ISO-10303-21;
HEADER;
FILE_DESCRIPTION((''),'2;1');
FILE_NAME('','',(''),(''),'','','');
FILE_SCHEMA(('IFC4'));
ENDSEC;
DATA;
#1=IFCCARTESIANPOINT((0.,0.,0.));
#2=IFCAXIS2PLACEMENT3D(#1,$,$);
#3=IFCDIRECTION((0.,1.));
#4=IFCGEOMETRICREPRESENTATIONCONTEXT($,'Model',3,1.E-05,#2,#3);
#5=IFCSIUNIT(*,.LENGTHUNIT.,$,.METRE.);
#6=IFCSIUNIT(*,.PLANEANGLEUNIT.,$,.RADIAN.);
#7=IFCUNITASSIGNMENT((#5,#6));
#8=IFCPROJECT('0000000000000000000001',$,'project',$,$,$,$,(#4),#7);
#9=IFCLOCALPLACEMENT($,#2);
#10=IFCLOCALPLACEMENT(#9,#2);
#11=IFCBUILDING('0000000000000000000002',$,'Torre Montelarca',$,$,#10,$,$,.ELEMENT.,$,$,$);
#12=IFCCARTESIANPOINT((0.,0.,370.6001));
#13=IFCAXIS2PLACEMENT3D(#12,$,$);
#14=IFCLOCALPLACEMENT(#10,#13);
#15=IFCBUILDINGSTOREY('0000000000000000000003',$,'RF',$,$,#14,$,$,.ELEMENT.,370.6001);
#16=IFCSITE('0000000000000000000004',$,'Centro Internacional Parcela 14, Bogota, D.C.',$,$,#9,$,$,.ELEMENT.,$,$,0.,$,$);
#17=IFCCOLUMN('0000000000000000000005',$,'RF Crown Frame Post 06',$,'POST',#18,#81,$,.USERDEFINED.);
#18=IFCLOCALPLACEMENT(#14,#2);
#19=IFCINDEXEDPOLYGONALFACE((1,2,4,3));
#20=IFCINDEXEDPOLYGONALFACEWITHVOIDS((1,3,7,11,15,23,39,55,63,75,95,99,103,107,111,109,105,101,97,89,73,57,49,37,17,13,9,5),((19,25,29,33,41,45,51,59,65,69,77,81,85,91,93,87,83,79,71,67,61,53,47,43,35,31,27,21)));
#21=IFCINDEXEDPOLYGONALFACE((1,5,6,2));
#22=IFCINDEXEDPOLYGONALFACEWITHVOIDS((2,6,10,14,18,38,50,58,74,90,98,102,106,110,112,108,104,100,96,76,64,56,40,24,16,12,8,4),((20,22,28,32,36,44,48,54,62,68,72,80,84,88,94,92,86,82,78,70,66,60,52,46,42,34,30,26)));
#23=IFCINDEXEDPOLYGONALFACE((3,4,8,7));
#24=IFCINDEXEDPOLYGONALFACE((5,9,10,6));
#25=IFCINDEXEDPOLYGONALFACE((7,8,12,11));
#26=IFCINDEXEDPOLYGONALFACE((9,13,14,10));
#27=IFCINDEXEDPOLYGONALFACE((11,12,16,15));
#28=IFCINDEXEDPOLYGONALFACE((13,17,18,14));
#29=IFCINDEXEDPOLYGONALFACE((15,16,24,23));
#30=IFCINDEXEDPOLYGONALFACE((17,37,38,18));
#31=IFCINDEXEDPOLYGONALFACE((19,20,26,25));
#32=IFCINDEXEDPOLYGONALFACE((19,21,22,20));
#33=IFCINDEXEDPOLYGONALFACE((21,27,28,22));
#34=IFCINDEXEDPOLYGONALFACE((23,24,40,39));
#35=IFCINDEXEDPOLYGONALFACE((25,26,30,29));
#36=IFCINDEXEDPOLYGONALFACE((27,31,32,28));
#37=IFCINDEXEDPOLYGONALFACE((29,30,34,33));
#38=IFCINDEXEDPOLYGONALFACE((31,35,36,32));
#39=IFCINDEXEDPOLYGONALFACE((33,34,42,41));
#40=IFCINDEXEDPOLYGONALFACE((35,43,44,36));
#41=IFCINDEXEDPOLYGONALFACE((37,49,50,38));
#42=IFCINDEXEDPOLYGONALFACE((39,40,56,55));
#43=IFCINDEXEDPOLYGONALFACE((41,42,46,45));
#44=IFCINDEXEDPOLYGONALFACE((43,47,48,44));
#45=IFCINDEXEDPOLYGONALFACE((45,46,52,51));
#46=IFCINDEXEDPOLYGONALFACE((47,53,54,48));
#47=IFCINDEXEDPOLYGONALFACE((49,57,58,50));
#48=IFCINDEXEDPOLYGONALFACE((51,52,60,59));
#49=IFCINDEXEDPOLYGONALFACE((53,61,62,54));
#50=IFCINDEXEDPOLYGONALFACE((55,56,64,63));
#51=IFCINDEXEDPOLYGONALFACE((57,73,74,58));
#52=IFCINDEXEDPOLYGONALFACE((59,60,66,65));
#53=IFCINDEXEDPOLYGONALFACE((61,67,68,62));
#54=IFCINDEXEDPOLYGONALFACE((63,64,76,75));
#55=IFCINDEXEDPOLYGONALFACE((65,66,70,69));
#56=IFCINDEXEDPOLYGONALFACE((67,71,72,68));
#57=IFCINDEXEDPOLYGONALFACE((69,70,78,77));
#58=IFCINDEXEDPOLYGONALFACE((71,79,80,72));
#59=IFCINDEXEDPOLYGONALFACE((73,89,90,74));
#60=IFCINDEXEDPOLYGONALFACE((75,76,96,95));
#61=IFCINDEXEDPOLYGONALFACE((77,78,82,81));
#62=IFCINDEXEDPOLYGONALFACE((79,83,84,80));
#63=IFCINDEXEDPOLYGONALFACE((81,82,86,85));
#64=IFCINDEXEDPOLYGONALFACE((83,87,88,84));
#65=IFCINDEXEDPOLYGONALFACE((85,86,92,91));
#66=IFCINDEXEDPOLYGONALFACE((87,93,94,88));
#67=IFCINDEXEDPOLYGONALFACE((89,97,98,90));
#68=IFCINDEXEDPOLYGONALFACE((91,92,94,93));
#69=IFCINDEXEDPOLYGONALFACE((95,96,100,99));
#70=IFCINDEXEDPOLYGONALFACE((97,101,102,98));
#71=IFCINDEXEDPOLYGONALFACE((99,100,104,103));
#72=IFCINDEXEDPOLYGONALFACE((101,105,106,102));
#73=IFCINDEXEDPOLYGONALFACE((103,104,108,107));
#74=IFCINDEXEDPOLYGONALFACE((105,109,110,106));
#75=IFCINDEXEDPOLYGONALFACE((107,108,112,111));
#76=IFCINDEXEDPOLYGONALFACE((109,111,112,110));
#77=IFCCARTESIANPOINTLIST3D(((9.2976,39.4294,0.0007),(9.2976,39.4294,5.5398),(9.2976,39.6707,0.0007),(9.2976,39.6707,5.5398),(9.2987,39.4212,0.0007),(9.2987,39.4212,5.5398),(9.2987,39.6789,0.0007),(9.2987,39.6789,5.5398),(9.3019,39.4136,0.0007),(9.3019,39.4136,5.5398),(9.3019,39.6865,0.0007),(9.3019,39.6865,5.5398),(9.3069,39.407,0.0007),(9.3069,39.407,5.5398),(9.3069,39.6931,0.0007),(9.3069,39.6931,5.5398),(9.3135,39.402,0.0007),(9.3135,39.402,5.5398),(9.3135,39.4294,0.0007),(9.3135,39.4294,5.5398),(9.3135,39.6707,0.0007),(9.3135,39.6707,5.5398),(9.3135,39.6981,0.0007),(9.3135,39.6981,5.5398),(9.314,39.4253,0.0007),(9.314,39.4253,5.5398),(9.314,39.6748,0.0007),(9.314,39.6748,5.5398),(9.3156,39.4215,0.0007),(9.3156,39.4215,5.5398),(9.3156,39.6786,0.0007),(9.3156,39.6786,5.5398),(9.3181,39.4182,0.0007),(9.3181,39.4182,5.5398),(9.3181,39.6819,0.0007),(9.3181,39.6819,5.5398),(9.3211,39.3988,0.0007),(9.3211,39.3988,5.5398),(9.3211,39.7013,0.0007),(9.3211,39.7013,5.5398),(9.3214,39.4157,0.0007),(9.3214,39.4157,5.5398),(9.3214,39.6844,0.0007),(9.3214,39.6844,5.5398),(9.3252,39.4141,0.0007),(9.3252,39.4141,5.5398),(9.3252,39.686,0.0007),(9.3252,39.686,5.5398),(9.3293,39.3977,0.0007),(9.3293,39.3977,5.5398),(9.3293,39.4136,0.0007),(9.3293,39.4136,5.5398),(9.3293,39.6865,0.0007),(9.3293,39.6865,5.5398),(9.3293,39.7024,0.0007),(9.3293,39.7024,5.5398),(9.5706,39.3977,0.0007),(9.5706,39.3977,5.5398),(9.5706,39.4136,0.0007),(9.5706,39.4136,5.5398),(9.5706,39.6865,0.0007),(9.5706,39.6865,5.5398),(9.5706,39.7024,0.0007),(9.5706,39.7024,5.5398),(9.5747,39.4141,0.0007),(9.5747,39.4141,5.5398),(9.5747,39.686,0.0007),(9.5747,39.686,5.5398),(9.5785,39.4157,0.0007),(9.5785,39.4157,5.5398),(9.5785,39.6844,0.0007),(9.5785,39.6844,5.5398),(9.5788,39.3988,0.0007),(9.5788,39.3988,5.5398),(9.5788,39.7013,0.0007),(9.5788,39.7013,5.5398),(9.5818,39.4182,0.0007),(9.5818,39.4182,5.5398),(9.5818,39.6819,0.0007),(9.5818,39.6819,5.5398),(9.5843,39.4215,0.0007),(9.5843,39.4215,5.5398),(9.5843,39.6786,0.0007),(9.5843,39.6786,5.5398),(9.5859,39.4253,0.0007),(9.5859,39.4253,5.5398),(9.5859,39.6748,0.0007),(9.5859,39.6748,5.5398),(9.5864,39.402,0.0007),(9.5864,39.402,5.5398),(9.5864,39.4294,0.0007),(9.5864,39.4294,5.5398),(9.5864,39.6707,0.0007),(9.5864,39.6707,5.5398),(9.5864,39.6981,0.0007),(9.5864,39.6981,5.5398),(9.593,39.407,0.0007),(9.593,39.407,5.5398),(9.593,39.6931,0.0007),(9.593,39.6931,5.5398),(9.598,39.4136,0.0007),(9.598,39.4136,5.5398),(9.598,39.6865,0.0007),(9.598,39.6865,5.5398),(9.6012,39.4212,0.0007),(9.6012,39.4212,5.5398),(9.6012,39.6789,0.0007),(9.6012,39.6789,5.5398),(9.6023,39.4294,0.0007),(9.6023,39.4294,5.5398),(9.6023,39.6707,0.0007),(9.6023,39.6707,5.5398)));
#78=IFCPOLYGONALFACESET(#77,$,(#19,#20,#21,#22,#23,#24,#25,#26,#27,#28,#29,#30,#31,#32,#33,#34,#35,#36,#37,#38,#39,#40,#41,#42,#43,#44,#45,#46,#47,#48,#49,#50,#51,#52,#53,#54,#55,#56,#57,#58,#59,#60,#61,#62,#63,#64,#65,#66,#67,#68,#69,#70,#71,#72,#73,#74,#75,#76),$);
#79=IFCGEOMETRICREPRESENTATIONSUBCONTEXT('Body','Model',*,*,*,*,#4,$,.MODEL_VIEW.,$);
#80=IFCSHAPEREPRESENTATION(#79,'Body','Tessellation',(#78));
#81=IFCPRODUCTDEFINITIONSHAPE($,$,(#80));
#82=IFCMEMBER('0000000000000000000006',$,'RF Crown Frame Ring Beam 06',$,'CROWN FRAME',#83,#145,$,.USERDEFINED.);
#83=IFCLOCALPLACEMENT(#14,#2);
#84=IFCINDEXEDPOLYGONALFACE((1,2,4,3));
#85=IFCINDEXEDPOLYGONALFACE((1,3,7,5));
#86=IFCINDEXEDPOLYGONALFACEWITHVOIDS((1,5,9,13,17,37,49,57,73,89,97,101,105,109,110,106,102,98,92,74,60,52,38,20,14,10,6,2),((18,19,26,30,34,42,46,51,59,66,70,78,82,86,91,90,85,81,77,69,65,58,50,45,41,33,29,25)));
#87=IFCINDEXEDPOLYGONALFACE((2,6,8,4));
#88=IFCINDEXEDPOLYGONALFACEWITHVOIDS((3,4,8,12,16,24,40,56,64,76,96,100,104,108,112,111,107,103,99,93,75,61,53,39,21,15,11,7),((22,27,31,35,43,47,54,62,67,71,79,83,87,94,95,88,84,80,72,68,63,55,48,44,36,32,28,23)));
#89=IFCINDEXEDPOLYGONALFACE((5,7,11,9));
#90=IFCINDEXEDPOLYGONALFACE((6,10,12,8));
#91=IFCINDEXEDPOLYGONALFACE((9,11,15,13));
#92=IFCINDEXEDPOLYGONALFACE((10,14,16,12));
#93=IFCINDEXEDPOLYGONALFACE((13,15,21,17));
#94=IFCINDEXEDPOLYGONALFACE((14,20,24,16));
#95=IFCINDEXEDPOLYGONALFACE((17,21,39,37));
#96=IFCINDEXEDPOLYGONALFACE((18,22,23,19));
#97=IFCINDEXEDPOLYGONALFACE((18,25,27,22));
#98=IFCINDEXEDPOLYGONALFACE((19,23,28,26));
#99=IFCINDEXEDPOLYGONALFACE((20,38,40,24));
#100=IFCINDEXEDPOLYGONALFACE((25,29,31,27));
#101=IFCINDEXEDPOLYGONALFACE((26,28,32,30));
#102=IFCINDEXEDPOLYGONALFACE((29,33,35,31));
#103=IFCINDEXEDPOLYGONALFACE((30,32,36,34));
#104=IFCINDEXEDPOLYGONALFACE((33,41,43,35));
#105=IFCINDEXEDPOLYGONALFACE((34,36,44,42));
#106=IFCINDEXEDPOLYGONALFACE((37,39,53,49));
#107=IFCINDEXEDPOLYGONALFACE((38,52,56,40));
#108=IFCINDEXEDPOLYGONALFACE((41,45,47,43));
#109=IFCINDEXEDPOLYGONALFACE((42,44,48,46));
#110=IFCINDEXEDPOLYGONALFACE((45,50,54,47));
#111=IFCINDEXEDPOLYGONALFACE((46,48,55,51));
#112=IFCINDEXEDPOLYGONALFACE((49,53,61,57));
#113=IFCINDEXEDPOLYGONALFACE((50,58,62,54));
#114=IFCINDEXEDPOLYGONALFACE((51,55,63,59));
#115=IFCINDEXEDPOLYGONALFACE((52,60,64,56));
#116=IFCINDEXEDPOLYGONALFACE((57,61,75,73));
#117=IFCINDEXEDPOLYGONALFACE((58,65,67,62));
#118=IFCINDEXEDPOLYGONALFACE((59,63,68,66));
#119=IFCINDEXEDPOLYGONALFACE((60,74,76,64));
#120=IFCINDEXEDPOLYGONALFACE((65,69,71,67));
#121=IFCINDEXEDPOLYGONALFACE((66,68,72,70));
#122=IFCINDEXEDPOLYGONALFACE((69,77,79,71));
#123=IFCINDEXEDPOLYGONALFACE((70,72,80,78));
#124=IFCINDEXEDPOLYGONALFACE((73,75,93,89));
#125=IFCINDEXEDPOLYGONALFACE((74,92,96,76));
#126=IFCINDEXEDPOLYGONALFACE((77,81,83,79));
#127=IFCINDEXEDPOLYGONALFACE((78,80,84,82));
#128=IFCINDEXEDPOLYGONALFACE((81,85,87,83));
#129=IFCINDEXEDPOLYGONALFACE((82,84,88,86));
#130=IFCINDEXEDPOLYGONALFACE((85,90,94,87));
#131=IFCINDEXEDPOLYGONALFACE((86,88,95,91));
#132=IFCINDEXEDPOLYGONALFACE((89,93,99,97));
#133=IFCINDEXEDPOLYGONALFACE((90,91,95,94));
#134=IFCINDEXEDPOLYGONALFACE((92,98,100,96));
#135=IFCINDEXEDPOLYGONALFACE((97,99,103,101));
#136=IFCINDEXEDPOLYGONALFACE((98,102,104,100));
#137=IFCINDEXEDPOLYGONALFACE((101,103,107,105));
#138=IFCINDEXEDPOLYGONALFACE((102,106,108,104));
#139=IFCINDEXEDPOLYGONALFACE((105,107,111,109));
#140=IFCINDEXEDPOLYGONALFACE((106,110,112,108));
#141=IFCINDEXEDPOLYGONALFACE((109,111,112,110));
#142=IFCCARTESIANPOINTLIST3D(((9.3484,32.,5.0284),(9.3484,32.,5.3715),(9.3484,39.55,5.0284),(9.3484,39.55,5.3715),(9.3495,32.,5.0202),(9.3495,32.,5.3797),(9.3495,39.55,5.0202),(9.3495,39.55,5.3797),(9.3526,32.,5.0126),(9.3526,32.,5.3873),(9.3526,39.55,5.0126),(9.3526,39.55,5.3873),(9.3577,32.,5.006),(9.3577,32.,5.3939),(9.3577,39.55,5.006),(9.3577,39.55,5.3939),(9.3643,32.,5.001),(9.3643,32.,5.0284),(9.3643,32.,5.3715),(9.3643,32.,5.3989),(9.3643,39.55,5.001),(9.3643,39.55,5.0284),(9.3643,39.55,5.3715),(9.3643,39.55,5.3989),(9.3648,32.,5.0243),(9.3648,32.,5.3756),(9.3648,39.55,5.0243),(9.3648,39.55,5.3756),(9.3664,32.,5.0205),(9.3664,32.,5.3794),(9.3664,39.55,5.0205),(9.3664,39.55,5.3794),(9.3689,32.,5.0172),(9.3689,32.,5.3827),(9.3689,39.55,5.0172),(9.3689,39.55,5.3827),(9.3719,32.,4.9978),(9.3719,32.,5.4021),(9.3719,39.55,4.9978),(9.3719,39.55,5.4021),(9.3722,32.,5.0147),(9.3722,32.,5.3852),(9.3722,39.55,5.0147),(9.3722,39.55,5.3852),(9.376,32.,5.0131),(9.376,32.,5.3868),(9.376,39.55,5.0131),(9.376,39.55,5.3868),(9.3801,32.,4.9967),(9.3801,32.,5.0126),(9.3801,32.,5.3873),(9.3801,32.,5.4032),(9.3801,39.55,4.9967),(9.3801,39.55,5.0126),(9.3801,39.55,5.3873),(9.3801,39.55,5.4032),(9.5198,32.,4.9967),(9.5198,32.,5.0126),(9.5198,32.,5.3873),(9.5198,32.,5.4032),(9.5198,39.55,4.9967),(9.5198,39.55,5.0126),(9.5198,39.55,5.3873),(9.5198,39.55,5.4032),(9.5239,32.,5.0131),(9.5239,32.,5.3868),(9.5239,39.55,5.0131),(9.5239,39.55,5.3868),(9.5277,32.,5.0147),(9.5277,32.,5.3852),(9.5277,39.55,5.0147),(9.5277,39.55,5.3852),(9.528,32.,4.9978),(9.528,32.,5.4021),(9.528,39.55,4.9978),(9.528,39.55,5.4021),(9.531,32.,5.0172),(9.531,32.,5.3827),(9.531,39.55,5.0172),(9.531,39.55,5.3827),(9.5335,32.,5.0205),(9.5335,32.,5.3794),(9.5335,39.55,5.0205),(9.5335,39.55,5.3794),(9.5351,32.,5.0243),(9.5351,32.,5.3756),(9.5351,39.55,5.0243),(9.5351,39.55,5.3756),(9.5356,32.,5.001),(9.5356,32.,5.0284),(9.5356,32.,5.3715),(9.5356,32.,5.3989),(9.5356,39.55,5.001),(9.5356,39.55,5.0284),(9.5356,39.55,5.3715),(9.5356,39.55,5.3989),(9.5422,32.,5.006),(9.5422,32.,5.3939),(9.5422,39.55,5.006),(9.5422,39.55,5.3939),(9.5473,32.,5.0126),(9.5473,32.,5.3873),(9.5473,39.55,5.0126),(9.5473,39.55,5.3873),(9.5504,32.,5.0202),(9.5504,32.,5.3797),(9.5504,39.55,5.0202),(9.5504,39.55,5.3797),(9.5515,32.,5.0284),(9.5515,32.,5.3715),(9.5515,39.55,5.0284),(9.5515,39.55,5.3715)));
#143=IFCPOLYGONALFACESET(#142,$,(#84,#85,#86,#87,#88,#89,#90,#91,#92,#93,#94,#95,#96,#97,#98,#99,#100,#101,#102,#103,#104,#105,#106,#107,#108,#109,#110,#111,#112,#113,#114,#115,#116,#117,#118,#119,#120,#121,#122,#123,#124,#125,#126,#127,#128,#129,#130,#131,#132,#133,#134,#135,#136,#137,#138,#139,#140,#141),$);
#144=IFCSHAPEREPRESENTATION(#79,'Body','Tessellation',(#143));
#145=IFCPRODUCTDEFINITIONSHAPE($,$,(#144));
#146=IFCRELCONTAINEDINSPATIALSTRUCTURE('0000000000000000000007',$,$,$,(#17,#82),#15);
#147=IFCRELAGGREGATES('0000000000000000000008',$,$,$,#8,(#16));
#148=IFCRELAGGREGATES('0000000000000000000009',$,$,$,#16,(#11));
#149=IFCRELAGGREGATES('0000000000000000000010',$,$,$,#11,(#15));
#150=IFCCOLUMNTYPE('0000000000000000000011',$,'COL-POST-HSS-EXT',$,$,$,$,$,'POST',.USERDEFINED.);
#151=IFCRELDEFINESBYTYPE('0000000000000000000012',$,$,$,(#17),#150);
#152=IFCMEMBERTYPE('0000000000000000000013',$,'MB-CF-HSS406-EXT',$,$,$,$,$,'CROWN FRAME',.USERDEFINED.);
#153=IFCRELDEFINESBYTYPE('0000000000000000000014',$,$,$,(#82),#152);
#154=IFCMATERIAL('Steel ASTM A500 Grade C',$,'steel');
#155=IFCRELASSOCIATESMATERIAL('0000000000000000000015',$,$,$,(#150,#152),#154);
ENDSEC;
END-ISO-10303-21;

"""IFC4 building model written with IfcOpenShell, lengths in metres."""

from ifc_helpers import new_model, si_unit, direction, frame, origin, origin_2d, place, context, subcontext, project, spatial, hollow_rectangle, extrude, source, transform, mapped, material, material_profile, profile_set, type_object, element, save


model = new_model("IFC4")

# Units and contexts
model_context = context("Model", 3, precision=1e-05, world=origin(), true_north=direction((0.0, 1.0)))
body_context = subcontext(model_context, "Body", "Model", "MODEL_VIEW")
ifc_project = project(units=[si_unit("LENGTHUNIT", "METRE"), si_unit("PLANEANGLEUNIT", "RADIAN")], contexts=[model_context])

# Site, building, storey
site_placement = place(None, origin())
site = spatial("IfcSite", under=ifc_project, at=site_placement, Name="Centro Internacional Parcela 14, Bogota, D.C.", CompositionType="ELEMENT", RefElevation=0.0)
building_placement = place(site_placement, origin())
building = spatial("IfcBuilding", under=site, at=building_placement, Name="Torre Montelarca", CompositionType="ELEMENT")
storey_placement = place(building_placement, frame((0.0, 0.0, 370.6001)))
storey = spatial("IfcBuildingStorey", under=building, at=storey_placement, Name="RF", CompositionType="ELEMENT", Elevation=370.6001)

# Column
ifc_material_1 = material(Name="Steel ASTM A500 Grade C", Category="steel")
ifc_material_profile_1 = material_profile(ifc_material_1, hollow_rectangle(XDim=0.3047, YDim=0.3047, WallThickness=0.0159, InnerFilletRadius=0.0159, OuterFilletRadius=0.0317, at=origin_2d()), Name="HSS305X305X15.9", Category="steel")
ifc_profile_set_1 = profile_set([ifc_material_profile_1], Name="Steel ASTM A500 Grade C")
column_type = type_object("IfcColumnType", Name="COL-POST-HSS-EXT", ElementType="POST", PredefinedType="USERDEFINED", material=ifc_profile_set_1)
shared_shape_1 = source(origin(), body_context, "Body", "SweptSolid", [
    extrude(hollow_rectangle(XDim=0.3047, YDim=0.3047, WallThickness=0.0159, InnerFilletRadius=0.0159, OuterFilletRadius=0.0317, at=origin_2d()), origin(), (0.0, 0.0, 1.0), 5.5391),
])
column_placement = place(storey_placement, frame((9.45, 39.55, 0.0007), z_axis=(0.0, 0.0, 1.0), x_axis=(1.0, 0.0, 0.0)))
element("IfcColumn", 1, at=column_placement, inside=storey, type_object=column_type, Name="RF Crown Frame Post 06", ObjectType="POST", PredefinedType="USERDEFINED", context=body_context, shape_type="MappedRepresentation", body=[
    mapped(shared_shape_1, transform((0.0, 0.0, 0.0), scale=1.0)),
])

# Member
ifc_material_profile_2 = material_profile(ifc_material_1, hollow_rectangle(XDim=0.2031, YDim=0.4065, WallThickness=0.0159, InnerFilletRadius=0.0159, OuterFilletRadius=0.0317, at=origin_2d()), Name="HSS406X203X15.9", Category="steel")
ifc_profile_set_2 = profile_set([ifc_material_profile_2], Name="Steel ASTM A500 Grade C")
member_type_1 = type_object("IfcMemberType", Name="MB-CF-HSS406-EXT", ElementType="CROWN FRAME", PredefinedType="USERDEFINED", material=ifc_profile_set_2)
shared_shape_2 = source(origin(), body_context, "Body", "SweptSolid", [
    extrude(hollow_rectangle(XDim=0.2031, YDim=0.4065, WallThickness=0.0159, InnerFilletRadius=0.0159, OuterFilletRadius=0.0317, at=origin_2d()), origin(), (0.0, 0.0, 1.0), 7.55),
])
member_1_placement = place(storey_placement, frame((9.45, 32.0, 5.2), z_axis=(0.0, 1.0, 0.0), x_axis=(-1.0, 0.0, 0.0)))
element("IfcMember", 2, at=member_1_placement, inside=storey, type_object=member_type_1, Name="RF Crown Frame Ring Beam 06", ObjectType="CROWN FRAME", PredefinedType="USERDEFINED", context=body_context, shape_type="MappedRepresentation", body=[
    mapped(shared_shape_2, transform((0.0, 0.0, 0.0), scale=1.0)),
])

save(model, "model.ifc")
